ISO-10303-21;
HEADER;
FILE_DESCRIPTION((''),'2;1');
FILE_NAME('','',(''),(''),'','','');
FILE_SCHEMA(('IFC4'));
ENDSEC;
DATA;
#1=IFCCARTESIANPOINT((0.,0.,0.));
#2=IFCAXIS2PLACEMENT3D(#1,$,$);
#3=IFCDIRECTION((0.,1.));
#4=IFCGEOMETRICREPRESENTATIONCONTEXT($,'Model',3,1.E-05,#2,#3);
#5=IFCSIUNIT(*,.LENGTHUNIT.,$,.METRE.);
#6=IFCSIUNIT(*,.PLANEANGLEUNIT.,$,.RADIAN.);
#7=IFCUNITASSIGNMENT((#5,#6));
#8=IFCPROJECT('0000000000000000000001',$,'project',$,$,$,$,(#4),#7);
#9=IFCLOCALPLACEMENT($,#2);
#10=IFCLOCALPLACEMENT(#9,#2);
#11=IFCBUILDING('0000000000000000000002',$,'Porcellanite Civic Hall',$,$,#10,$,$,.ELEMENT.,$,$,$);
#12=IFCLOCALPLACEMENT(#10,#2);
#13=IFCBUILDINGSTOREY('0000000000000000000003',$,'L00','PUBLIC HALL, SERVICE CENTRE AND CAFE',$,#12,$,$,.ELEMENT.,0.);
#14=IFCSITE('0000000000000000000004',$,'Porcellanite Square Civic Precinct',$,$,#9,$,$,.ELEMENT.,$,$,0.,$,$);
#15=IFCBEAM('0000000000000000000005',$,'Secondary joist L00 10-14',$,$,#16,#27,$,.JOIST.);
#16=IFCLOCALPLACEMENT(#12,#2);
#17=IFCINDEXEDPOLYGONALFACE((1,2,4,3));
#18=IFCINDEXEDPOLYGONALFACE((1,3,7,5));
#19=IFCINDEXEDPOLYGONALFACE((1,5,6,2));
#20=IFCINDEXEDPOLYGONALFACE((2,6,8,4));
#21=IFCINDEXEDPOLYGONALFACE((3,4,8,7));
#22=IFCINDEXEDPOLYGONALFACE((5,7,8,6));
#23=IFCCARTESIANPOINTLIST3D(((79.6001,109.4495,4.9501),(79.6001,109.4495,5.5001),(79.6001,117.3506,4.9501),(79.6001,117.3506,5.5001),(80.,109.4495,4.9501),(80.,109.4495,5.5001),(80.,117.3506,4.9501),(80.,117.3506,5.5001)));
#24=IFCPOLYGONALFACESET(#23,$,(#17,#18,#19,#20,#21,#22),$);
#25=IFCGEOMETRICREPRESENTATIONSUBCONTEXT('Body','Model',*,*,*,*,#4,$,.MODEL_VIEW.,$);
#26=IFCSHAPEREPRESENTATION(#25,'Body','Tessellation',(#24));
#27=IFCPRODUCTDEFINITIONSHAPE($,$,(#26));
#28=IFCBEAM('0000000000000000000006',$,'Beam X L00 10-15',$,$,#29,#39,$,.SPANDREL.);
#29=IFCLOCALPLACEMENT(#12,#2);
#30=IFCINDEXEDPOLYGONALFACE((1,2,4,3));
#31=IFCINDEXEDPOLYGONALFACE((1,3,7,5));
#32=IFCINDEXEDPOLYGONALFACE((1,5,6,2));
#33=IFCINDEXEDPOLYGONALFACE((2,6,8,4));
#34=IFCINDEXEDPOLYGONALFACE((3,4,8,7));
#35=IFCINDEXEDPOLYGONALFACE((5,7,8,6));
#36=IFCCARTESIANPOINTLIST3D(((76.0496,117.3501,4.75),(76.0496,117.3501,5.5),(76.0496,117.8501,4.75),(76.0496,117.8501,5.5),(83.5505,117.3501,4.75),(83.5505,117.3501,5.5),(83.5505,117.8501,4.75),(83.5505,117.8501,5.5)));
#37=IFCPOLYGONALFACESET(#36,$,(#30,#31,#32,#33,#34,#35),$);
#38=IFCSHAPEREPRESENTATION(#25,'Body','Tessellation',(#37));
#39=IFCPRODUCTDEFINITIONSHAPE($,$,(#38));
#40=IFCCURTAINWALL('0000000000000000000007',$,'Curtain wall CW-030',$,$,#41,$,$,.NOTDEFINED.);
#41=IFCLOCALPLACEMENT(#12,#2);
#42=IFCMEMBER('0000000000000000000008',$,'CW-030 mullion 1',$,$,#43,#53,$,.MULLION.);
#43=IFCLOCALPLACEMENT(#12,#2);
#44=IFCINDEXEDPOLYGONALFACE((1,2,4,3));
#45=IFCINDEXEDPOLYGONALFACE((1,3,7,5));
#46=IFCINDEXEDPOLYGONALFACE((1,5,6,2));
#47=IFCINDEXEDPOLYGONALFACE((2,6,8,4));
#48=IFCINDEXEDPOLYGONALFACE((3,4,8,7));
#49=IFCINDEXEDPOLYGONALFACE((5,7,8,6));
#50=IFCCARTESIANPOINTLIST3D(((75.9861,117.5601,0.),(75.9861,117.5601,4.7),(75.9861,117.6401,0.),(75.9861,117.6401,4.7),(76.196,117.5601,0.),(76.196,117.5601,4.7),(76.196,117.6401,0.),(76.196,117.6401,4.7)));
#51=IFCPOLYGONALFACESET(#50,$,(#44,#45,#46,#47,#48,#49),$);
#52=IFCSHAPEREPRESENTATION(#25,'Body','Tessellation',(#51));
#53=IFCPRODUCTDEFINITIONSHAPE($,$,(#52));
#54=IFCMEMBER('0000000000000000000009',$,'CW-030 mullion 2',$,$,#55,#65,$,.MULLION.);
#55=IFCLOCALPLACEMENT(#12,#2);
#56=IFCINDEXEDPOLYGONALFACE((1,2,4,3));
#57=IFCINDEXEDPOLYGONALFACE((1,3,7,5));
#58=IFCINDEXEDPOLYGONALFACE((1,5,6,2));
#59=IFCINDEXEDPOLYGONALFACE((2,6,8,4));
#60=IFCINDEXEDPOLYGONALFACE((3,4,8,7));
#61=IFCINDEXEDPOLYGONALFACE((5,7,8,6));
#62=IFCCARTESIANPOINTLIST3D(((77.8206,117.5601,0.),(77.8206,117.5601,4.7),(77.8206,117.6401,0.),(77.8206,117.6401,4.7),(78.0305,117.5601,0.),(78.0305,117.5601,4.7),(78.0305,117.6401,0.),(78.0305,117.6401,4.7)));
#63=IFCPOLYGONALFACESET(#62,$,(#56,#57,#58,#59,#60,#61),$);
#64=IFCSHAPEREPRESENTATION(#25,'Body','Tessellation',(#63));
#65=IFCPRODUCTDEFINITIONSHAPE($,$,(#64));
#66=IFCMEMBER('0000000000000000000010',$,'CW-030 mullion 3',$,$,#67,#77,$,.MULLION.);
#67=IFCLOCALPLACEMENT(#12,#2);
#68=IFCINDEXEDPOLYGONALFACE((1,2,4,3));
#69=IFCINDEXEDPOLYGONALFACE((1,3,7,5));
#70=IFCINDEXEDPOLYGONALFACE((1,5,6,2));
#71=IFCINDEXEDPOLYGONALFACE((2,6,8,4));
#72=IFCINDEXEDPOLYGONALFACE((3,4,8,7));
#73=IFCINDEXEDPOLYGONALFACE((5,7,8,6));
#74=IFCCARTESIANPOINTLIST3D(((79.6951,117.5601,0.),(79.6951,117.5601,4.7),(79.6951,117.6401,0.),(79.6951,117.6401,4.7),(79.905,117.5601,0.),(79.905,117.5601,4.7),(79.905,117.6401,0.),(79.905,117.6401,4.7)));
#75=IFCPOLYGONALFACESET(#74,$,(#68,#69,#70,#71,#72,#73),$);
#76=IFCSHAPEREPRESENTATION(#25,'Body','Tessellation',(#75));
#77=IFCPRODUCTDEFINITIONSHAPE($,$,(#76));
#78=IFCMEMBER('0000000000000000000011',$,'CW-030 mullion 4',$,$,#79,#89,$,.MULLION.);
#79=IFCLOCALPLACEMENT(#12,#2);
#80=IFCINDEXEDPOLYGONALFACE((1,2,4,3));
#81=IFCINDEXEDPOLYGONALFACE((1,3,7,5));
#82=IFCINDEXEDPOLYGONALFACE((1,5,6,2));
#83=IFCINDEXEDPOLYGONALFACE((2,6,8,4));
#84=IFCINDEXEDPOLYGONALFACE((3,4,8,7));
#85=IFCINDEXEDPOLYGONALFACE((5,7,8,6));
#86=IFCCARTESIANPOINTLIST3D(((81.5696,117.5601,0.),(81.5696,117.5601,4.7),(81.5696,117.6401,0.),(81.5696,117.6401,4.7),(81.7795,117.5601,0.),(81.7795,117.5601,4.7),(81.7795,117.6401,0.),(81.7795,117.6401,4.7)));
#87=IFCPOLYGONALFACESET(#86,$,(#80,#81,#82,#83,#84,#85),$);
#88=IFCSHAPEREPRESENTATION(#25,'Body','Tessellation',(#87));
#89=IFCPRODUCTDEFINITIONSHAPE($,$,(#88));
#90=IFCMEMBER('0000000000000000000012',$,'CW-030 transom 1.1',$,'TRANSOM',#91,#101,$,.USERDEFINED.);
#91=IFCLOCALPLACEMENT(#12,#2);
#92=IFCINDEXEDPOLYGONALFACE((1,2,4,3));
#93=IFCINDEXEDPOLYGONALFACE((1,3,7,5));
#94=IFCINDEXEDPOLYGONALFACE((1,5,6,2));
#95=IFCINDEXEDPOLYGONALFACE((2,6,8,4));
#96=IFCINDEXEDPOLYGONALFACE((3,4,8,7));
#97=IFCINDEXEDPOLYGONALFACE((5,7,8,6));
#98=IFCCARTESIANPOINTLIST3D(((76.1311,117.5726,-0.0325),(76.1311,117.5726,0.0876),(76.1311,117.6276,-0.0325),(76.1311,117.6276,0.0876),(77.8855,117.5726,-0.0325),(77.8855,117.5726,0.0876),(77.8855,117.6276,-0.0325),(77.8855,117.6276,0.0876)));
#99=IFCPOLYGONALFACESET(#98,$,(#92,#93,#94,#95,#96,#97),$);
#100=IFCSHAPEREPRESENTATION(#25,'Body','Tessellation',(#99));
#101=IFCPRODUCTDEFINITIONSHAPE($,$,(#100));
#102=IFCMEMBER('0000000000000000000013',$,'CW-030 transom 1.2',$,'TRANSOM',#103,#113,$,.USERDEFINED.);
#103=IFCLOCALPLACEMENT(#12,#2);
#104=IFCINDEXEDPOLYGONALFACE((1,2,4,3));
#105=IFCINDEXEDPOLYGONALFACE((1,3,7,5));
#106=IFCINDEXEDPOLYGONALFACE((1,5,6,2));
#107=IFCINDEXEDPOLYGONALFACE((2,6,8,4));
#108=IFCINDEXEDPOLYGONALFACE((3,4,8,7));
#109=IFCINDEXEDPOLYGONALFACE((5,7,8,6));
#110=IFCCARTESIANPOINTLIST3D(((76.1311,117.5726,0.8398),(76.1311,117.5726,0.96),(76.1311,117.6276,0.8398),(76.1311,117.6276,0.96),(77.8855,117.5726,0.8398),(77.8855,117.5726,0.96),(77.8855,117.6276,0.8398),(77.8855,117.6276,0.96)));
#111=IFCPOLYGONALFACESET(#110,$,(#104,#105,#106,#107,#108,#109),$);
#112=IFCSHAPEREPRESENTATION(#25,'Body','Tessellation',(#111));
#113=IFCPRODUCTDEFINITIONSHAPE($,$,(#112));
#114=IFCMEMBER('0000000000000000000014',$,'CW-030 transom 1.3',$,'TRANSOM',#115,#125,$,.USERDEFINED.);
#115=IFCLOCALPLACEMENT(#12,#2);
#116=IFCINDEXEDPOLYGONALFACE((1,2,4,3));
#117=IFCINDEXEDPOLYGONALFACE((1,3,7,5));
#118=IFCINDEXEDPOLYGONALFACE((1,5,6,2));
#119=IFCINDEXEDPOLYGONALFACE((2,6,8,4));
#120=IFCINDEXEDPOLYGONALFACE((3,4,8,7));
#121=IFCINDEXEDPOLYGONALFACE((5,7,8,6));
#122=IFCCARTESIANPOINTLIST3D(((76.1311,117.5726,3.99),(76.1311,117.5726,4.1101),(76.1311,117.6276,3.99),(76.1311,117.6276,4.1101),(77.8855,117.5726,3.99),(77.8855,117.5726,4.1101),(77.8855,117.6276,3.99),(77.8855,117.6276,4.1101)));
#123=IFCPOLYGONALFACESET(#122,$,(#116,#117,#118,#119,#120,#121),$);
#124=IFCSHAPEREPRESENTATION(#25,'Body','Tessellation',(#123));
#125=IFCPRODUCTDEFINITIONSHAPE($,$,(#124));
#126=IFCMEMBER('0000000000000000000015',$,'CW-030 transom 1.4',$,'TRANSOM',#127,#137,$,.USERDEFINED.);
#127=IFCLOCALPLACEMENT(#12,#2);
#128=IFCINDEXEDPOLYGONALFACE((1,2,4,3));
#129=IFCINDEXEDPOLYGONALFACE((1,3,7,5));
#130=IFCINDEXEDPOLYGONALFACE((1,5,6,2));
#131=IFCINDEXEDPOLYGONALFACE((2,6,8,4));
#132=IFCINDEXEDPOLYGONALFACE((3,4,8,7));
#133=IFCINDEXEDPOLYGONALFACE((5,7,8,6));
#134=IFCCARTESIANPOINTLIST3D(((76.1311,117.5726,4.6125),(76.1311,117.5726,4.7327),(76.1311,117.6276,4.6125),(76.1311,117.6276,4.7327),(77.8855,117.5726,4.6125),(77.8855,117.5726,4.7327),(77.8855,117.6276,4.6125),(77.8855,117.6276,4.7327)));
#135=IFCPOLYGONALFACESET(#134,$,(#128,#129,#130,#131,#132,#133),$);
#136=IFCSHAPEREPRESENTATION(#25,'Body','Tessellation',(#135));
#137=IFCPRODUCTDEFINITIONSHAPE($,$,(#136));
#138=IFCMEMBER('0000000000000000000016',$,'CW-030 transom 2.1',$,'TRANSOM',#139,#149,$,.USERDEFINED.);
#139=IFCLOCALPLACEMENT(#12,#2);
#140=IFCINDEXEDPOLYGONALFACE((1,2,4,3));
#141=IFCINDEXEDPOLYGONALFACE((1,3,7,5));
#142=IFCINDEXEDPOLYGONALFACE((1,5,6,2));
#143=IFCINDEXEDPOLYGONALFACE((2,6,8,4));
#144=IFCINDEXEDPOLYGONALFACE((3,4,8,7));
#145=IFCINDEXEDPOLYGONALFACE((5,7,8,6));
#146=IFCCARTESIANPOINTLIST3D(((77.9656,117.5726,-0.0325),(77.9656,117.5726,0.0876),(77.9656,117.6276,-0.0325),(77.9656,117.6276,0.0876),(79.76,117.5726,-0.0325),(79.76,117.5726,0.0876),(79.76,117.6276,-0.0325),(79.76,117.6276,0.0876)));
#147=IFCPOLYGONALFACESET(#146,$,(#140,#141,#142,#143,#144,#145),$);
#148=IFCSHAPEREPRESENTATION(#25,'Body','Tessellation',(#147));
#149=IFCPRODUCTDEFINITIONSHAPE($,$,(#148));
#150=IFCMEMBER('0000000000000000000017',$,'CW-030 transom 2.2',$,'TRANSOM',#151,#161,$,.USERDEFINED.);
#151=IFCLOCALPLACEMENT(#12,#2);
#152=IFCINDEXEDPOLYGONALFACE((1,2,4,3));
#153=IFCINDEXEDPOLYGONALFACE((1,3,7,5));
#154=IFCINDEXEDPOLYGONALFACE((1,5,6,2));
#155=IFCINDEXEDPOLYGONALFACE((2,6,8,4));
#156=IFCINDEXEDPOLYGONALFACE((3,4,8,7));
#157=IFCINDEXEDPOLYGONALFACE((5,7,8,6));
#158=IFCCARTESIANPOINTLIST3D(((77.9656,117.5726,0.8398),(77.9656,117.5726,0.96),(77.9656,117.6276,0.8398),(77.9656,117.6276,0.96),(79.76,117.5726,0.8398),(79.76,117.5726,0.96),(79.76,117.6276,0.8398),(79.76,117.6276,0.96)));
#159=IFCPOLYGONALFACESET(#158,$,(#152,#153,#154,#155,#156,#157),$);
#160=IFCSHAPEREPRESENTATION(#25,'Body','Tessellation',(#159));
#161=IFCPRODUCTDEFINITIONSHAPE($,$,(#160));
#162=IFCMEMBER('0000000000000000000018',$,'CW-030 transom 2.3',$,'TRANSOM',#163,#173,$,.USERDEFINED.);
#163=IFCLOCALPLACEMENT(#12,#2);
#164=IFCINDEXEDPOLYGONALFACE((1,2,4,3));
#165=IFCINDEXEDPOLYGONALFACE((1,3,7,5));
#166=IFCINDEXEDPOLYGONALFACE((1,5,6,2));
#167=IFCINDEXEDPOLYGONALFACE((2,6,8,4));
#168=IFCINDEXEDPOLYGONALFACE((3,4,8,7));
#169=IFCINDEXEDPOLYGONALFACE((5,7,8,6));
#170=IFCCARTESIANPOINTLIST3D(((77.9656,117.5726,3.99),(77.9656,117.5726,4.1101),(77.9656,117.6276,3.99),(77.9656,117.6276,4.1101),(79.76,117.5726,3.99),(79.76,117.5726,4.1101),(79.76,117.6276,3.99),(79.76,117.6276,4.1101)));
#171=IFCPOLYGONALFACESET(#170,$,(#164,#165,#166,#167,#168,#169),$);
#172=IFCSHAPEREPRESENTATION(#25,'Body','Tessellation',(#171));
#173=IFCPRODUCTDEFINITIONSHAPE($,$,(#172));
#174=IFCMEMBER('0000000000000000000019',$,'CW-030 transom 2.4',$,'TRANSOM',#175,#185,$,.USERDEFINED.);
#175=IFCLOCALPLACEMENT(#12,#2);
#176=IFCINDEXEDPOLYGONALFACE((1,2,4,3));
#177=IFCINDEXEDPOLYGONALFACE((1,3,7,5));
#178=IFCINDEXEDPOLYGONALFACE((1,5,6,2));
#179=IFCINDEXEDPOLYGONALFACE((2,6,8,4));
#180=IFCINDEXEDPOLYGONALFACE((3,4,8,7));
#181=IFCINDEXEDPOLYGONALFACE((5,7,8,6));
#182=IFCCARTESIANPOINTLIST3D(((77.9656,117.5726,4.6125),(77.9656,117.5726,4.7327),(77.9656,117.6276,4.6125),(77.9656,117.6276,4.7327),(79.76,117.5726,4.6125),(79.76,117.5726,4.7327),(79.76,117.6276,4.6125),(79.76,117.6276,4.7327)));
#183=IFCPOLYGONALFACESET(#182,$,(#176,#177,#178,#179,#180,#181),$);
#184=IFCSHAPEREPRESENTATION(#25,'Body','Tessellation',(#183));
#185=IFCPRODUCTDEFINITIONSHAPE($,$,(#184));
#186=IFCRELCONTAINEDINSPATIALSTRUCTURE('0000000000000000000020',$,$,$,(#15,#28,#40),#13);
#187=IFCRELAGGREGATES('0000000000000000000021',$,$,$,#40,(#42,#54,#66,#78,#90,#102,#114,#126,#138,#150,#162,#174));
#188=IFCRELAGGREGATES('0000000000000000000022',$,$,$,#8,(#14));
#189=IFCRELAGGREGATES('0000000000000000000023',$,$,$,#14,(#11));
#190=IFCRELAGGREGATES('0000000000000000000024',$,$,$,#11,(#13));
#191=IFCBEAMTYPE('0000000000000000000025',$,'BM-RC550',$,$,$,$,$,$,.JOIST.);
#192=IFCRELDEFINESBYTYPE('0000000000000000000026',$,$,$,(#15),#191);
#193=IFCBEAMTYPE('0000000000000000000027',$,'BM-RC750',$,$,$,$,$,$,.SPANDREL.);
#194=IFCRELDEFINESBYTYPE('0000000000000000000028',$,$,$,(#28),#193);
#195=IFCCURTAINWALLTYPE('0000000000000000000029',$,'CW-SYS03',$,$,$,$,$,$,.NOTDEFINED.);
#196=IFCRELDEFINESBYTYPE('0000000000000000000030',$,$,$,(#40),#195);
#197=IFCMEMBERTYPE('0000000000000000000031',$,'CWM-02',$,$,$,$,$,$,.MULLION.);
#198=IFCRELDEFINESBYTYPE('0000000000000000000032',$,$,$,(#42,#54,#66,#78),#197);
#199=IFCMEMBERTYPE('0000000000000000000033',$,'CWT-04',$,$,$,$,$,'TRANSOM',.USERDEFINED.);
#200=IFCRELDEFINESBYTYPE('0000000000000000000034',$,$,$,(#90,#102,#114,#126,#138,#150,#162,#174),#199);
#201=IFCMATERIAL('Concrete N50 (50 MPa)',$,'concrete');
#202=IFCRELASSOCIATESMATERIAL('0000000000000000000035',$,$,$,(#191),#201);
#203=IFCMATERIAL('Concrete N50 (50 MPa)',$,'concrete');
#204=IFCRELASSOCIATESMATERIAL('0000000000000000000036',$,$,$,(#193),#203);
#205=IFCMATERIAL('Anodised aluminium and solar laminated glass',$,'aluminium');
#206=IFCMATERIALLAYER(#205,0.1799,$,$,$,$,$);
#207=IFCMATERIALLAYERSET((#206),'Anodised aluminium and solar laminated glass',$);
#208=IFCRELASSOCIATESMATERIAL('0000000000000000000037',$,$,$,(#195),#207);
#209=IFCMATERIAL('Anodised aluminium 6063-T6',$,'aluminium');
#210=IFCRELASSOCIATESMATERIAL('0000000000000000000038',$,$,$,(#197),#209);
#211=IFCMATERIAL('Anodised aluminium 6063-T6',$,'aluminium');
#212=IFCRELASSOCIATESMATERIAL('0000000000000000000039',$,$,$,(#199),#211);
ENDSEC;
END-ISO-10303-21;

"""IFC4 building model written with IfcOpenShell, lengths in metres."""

from ifc_helpers import new_model, si_unit, direction, frame, origin, origin_2d, place, context, subcontext, project, spatial, rectangle, extrude, material, layer, layer_set, material_profile, profile_set, type_object, element, aggregate, save


model = new_model("IFC4")

# Units and contexts
model_context = context("Model", 3, precision=1e-05, world=origin(), true_north=direction((0.0, 1.0)))
body_context = subcontext(model_context, "Body", "Model", "MODEL_VIEW")
ifc_project = project(units=[si_unit("LENGTHUNIT", "METRE"), si_unit("PLANEANGLEUNIT", "RADIAN")], contexts=[model_context])

# Site, building, storey
site_placement = place(None, origin())
site = spatial("IfcSite", under=ifc_project, at=site_placement, Name="Porcellanite Square Civic Precinct", CompositionType="ELEMENT", RefElevation=0.0)
building_placement = place(site_placement, origin())
building = spatial("IfcBuilding", under=site, at=building_placement, Name="Porcellanite Civic Hall", CompositionType="ELEMENT")
storey_placement = place(building_placement, origin())
storey = spatial("IfcBuildingStorey", under=building, at=storey_placement, Name="L00", Description="PUBLIC HALL, SERVICE CENTRE AND CAFE", CompositionType="ELEMENT", Elevation=0.0)

# Beams
ifc_material_1 = material(Name="Concrete N50 (50 MPa)", Category="concrete")
ifc_material_profile_1 = material_profile(ifc_material_1, rectangle(XDim=0.3999, YDim=0.55, at=origin_2d()), Name="RC-400x550")
ifc_profile_set_1 = profile_set([ifc_material_profile_1], Name="Concrete N50 (50 MPa)")
beam_type_1 = type_object("IfcBeamType", Name="BM-RC550", PredefinedType="JOIST", material=ifc_profile_set_1)
beam_1_placement = place(storey_placement, frame((79.8, 109.4495, 5.2251), z_axis=(0.0, 1.0, 0.0), x_axis=(-1.0, 0.0, 0.0)))
element("IfcBeam", 1, at=beam_1_placement, inside=storey, type_object=beam_type_1, Name="Secondary joist L00 10-14", PredefinedType="JOIST", context=body_context, shape_type="SweptSolid", body=[
    extrude(rectangle(XDim=0.3999, YDim=0.55, at=origin_2d()), origin(), (0.0, 0.0, 1.0), 7.9011),
])
ifc_material_2 = material(Name="Concrete N50 (50 MPa)", Category="concrete")
ifc_material_profile_2 = material_profile(ifc_material_2, rectangle(XDim=0.5, YDim=0.75, at=origin_2d()), Name="RC-500x750")
ifc_profile_set_2 = profile_set([ifc_material_profile_2], Name="Concrete N50 (50 MPa)")
beam_type_2 = type_object("IfcBeamType", Name="BM-RC750", PredefinedType="SPANDREL", material=ifc_profile_set_2)
beam_2_placement = place(storey_placement, frame((76.0496, 117.6001, 5.125), z_axis=(1.0, 0.0, 0.0), x_axis=(0.0, 1.0, 0.0)))
element("IfcBeam", 2, at=beam_2_placement, inside=storey, type_object=beam_type_2, Name="Beam X L00 10-15", PredefinedType="SPANDREL", context=body_context, shape_type="SweptSolid", body=[
    extrude(rectangle(XDim=0.5, YDim=0.75, at=origin_2d()), origin(), (0.0, 0.0, 1.0), 7.501),
])

# Curtain wall, members
ifc_material_3 = material(Name="Anodised aluminium and solar laminated glass", Category="aluminium")
ifc_layer_1 = layer(ifc_material_3, 0.1799)
ifc_layer_set_1 = layer_set([ifc_layer_1], Name="Anodised aluminium and solar laminated glass")
curtain_wall_type = type_object("IfcCurtainWallType", Name="CW-SYS03", PredefinedType="NOTDEFINED", material=ifc_layer_set_1)
curtain_wall_placement = place(storey_placement, origin())
curtain_wall = element("IfcCurtainWall", 3, at=curtain_wall_placement, inside=storey, type_object=curtain_wall_type, Name="Curtain wall CW-030", PredefinedType="NOTDEFINED")
ifc_material_4 = material(Name="Anodised aluminium 6063-T6", Category="aluminium")
ifc_material_profile_3 = material_profile(ifc_material_4, rectangle(XDim=0.0801, YDim=0.21, at=origin_2d()), Name="AL-80x210")
ifc_profile_set_3 = profile_set([ifc_material_profile_3], Name="Anodised aluminium 6063-T6")
member_type_1 = type_object("IfcMemberType", Name="CWM-02", PredefinedType="MULLION", material=ifc_profile_set_3)
member_1_placement = place(storey_placement, frame((76.0911, 117.6001, 0.0), z_axis=(0.0, 0.0, 1.0), x_axis=(0.0, 1.0, 0.0)))
member_1 = element("IfcMember", 4, at=member_1_placement, type_object=member_type_1, Name="CW-030 mullion 1", PredefinedType="MULLION", context=body_context, shape_type="SweptSolid", body=[
    extrude(rectangle(XDim=0.0801, YDim=0.21, at=origin_2d()), origin(), (0.0, 0.0, 1.0), 4.7),
])
member_2_placement = place(storey_placement, frame((77.9255, 117.6001, 0.0), z_axis=(0.0, 0.0, 1.0), x_axis=(0.0, 1.0, 0.0)))
member_2 = element("IfcMember", 5, at=member_2_placement, type_object=member_type_1, Name="CW-030 mullion 2", PredefinedType="MULLION", context=body_context, shape_type="SweptSolid", body=[
    extrude(rectangle(XDim=0.0801, YDim=0.21, at=origin_2d()), origin(), (0.0, 0.0, 1.0), 4.7),
])
member_3_placement = place(storey_placement, frame((79.8, 117.6001, 0.0), z_axis=(0.0, 0.0, 1.0), x_axis=(0.0, 1.0, 0.0)))
member_3 = element("IfcMember", 6, at=member_3_placement, type_object=member_type_1, Name="CW-030 mullion 3", PredefinedType="MULLION", context=body_context, shape_type="SweptSolid", body=[
    extrude(rectangle(XDim=0.0801, YDim=0.21, at=origin_2d()), origin(), (0.0, 0.0, 1.0), 4.7),
])
member_4_placement = place(storey_placement, frame((81.6746, 117.6001, 0.0), z_axis=(0.0, 0.0, 1.0), x_axis=(0.0, 1.0, 0.0)))
member_4 = element("IfcMember", 7, at=member_4_placement, type_object=member_type_1, Name="CW-030 mullion 4", PredefinedType="MULLION", context=body_context, shape_type="SweptSolid", body=[
    extrude(rectangle(XDim=0.0801, YDim=0.21, at=origin_2d()), origin(), (0.0, 0.0, 1.0), 4.7),
])
ifc_material_5 = material(Name="Anodised aluminium 6063-T6", Category="aluminium")
ifc_material_profile_4 = material_profile(ifc_material_5, rectangle(XDim=0.0549, YDim=0.1201, at=origin_2d()), Name="AL-55x120")
ifc_profile_set_4 = profile_set([ifc_material_profile_4], Name="Anodised aluminium 6063-T6")
member_type_2 = type_object("IfcMemberType", Name="CWT-04", ElementType="TRANSOM", PredefinedType="USERDEFINED", material=ifc_profile_set_4)
member_5_placement = place(storey_placement, frame((76.1311, 117.6001, 0.0276), z_axis=(1.0, 0.0, 0.0), x_axis=(0.0, 1.0, 0.0)))
member_5 = element("IfcMember", 8, at=member_5_placement, type_object=member_type_2, Name="CW-030 transom 1.1", ObjectType="TRANSOM", PredefinedType="USERDEFINED", context=body_context, shape_type="SweptSolid", body=[
    extrude(rectangle(XDim=0.0549, YDim=0.1201, at=origin_2d()), origin(), (0.0, 0.0, 1.0), 1.7544),
])
member_6_placement = place(storey_placement, frame((76.1311, 117.6001, 0.8999), z_axis=(1.0, 0.0, 0.0), x_axis=(0.0, 1.0, 0.0)))
member_6 = element("IfcMember", 9, at=member_6_placement, type_object=member_type_2, Name="CW-030 transom 1.2", ObjectType="TRANSOM", PredefinedType="USERDEFINED", context=body_context, shape_type="SweptSolid", body=[
    extrude(rectangle(XDim=0.0549, YDim=0.1201, at=origin_2d()), origin(), (0.0, 0.0, 1.0), 1.7544),
])
member_7_placement = place(storey_placement, frame((76.1311, 117.6001, 4.05), z_axis=(1.0, 0.0, 0.0), x_axis=(0.0, 1.0, 0.0)))
member_7 = element("IfcMember", 10, at=member_7_placement, type_object=member_type_2, Name="CW-030 transom 1.3", ObjectType="TRANSOM", PredefinedType="USERDEFINED", context=body_context, shape_type="SweptSolid", body=[
    extrude(rectangle(XDim=0.0549, YDim=0.1201, at=origin_2d()), origin(), (0.0, 0.0, 1.0), 1.7544),
])
member_8_placement = place(storey_placement, frame((76.1311, 117.6001, 4.6726), z_axis=(1.0, 0.0, 0.0), x_axis=(0.0, 1.0, 0.0)))
member_8 = element("IfcMember", 11, at=member_8_placement, type_object=member_type_2, Name="CW-030 transom 1.4", ObjectType="TRANSOM", PredefinedType="USERDEFINED", context=body_context, shape_type="SweptSolid", body=[
    extrude(rectangle(XDim=0.0549, YDim=0.1201, at=origin_2d()), origin(), (0.0, 0.0, 1.0), 1.7544),
])
member_9_placement = place(storey_placement, frame((77.9656, 117.6001, 0.0276), z_axis=(1.0, 0.0, 0.0), x_axis=(0.0, 1.0, 0.0)))
member_9 = element("IfcMember", 12, at=member_9_placement, type_object=member_type_2, Name="CW-030 transom 2.1", ObjectType="TRANSOM", PredefinedType="USERDEFINED", context=body_context, shape_type="SweptSolid", body=[
    extrude(rectangle(XDim=0.0549, YDim=0.1201, at=origin_2d()), origin(), (0.0, 0.0, 1.0), 1.7944),
])
member_10_placement = place(storey_placement, frame((77.9656, 117.6001, 0.8999), z_axis=(1.0, 0.0, 0.0), x_axis=(0.0, 1.0, 0.0)))
member_10 = element("IfcMember", 13, at=member_10_placement, type_object=member_type_2, Name="CW-030 transom 2.2", ObjectType="TRANSOM", PredefinedType="USERDEFINED", context=body_context, shape_type="SweptSolid", body=[
    extrude(rectangle(XDim=0.0549, YDim=0.1201, at=origin_2d()), origin(), (0.0, 0.0, 1.0), 1.7944),
])
member_11_placement = place(storey_placement, frame((77.9656, 117.6001, 4.05), z_axis=(1.0, 0.0, 0.0), x_axis=(0.0, 1.0, 0.0)))
member_11 = element("IfcMember", 14, at=member_11_placement, type_object=member_type_2, Name="CW-030 transom 2.3", ObjectType="TRANSOM", PredefinedType="USERDEFINED", context=body_context, shape_type="SweptSolid", body=[
    extrude(rectangle(XDim=0.0549, YDim=0.1201, at=origin_2d()), origin(), (0.0, 0.0, 1.0), 1.7944),
])
member_12_placement = place(storey_placement, frame((77.9656, 117.6001, 4.6726), z_axis=(1.0, 0.0, 0.0), x_axis=(0.0, 1.0, 0.0)))
member_12 = element("IfcMember", 15, at=member_12_placement, type_object=member_type_2, Name="CW-030 transom 2.4", ObjectType="TRANSOM", PredefinedType="USERDEFINED", context=body_context, shape_type="SweptSolid", body=[
    extrude(rectangle(XDim=0.0549, YDim=0.1201, at=origin_2d()), origin(), (0.0, 0.0, 1.0), 1.7944),
])

aggregate(curtain_wall, [member_1, member_2, member_3, member_4, member_5, member_6, member_7, member_8, member_9, member_10, member_11, member_12])

save(model, "model.ifc")
